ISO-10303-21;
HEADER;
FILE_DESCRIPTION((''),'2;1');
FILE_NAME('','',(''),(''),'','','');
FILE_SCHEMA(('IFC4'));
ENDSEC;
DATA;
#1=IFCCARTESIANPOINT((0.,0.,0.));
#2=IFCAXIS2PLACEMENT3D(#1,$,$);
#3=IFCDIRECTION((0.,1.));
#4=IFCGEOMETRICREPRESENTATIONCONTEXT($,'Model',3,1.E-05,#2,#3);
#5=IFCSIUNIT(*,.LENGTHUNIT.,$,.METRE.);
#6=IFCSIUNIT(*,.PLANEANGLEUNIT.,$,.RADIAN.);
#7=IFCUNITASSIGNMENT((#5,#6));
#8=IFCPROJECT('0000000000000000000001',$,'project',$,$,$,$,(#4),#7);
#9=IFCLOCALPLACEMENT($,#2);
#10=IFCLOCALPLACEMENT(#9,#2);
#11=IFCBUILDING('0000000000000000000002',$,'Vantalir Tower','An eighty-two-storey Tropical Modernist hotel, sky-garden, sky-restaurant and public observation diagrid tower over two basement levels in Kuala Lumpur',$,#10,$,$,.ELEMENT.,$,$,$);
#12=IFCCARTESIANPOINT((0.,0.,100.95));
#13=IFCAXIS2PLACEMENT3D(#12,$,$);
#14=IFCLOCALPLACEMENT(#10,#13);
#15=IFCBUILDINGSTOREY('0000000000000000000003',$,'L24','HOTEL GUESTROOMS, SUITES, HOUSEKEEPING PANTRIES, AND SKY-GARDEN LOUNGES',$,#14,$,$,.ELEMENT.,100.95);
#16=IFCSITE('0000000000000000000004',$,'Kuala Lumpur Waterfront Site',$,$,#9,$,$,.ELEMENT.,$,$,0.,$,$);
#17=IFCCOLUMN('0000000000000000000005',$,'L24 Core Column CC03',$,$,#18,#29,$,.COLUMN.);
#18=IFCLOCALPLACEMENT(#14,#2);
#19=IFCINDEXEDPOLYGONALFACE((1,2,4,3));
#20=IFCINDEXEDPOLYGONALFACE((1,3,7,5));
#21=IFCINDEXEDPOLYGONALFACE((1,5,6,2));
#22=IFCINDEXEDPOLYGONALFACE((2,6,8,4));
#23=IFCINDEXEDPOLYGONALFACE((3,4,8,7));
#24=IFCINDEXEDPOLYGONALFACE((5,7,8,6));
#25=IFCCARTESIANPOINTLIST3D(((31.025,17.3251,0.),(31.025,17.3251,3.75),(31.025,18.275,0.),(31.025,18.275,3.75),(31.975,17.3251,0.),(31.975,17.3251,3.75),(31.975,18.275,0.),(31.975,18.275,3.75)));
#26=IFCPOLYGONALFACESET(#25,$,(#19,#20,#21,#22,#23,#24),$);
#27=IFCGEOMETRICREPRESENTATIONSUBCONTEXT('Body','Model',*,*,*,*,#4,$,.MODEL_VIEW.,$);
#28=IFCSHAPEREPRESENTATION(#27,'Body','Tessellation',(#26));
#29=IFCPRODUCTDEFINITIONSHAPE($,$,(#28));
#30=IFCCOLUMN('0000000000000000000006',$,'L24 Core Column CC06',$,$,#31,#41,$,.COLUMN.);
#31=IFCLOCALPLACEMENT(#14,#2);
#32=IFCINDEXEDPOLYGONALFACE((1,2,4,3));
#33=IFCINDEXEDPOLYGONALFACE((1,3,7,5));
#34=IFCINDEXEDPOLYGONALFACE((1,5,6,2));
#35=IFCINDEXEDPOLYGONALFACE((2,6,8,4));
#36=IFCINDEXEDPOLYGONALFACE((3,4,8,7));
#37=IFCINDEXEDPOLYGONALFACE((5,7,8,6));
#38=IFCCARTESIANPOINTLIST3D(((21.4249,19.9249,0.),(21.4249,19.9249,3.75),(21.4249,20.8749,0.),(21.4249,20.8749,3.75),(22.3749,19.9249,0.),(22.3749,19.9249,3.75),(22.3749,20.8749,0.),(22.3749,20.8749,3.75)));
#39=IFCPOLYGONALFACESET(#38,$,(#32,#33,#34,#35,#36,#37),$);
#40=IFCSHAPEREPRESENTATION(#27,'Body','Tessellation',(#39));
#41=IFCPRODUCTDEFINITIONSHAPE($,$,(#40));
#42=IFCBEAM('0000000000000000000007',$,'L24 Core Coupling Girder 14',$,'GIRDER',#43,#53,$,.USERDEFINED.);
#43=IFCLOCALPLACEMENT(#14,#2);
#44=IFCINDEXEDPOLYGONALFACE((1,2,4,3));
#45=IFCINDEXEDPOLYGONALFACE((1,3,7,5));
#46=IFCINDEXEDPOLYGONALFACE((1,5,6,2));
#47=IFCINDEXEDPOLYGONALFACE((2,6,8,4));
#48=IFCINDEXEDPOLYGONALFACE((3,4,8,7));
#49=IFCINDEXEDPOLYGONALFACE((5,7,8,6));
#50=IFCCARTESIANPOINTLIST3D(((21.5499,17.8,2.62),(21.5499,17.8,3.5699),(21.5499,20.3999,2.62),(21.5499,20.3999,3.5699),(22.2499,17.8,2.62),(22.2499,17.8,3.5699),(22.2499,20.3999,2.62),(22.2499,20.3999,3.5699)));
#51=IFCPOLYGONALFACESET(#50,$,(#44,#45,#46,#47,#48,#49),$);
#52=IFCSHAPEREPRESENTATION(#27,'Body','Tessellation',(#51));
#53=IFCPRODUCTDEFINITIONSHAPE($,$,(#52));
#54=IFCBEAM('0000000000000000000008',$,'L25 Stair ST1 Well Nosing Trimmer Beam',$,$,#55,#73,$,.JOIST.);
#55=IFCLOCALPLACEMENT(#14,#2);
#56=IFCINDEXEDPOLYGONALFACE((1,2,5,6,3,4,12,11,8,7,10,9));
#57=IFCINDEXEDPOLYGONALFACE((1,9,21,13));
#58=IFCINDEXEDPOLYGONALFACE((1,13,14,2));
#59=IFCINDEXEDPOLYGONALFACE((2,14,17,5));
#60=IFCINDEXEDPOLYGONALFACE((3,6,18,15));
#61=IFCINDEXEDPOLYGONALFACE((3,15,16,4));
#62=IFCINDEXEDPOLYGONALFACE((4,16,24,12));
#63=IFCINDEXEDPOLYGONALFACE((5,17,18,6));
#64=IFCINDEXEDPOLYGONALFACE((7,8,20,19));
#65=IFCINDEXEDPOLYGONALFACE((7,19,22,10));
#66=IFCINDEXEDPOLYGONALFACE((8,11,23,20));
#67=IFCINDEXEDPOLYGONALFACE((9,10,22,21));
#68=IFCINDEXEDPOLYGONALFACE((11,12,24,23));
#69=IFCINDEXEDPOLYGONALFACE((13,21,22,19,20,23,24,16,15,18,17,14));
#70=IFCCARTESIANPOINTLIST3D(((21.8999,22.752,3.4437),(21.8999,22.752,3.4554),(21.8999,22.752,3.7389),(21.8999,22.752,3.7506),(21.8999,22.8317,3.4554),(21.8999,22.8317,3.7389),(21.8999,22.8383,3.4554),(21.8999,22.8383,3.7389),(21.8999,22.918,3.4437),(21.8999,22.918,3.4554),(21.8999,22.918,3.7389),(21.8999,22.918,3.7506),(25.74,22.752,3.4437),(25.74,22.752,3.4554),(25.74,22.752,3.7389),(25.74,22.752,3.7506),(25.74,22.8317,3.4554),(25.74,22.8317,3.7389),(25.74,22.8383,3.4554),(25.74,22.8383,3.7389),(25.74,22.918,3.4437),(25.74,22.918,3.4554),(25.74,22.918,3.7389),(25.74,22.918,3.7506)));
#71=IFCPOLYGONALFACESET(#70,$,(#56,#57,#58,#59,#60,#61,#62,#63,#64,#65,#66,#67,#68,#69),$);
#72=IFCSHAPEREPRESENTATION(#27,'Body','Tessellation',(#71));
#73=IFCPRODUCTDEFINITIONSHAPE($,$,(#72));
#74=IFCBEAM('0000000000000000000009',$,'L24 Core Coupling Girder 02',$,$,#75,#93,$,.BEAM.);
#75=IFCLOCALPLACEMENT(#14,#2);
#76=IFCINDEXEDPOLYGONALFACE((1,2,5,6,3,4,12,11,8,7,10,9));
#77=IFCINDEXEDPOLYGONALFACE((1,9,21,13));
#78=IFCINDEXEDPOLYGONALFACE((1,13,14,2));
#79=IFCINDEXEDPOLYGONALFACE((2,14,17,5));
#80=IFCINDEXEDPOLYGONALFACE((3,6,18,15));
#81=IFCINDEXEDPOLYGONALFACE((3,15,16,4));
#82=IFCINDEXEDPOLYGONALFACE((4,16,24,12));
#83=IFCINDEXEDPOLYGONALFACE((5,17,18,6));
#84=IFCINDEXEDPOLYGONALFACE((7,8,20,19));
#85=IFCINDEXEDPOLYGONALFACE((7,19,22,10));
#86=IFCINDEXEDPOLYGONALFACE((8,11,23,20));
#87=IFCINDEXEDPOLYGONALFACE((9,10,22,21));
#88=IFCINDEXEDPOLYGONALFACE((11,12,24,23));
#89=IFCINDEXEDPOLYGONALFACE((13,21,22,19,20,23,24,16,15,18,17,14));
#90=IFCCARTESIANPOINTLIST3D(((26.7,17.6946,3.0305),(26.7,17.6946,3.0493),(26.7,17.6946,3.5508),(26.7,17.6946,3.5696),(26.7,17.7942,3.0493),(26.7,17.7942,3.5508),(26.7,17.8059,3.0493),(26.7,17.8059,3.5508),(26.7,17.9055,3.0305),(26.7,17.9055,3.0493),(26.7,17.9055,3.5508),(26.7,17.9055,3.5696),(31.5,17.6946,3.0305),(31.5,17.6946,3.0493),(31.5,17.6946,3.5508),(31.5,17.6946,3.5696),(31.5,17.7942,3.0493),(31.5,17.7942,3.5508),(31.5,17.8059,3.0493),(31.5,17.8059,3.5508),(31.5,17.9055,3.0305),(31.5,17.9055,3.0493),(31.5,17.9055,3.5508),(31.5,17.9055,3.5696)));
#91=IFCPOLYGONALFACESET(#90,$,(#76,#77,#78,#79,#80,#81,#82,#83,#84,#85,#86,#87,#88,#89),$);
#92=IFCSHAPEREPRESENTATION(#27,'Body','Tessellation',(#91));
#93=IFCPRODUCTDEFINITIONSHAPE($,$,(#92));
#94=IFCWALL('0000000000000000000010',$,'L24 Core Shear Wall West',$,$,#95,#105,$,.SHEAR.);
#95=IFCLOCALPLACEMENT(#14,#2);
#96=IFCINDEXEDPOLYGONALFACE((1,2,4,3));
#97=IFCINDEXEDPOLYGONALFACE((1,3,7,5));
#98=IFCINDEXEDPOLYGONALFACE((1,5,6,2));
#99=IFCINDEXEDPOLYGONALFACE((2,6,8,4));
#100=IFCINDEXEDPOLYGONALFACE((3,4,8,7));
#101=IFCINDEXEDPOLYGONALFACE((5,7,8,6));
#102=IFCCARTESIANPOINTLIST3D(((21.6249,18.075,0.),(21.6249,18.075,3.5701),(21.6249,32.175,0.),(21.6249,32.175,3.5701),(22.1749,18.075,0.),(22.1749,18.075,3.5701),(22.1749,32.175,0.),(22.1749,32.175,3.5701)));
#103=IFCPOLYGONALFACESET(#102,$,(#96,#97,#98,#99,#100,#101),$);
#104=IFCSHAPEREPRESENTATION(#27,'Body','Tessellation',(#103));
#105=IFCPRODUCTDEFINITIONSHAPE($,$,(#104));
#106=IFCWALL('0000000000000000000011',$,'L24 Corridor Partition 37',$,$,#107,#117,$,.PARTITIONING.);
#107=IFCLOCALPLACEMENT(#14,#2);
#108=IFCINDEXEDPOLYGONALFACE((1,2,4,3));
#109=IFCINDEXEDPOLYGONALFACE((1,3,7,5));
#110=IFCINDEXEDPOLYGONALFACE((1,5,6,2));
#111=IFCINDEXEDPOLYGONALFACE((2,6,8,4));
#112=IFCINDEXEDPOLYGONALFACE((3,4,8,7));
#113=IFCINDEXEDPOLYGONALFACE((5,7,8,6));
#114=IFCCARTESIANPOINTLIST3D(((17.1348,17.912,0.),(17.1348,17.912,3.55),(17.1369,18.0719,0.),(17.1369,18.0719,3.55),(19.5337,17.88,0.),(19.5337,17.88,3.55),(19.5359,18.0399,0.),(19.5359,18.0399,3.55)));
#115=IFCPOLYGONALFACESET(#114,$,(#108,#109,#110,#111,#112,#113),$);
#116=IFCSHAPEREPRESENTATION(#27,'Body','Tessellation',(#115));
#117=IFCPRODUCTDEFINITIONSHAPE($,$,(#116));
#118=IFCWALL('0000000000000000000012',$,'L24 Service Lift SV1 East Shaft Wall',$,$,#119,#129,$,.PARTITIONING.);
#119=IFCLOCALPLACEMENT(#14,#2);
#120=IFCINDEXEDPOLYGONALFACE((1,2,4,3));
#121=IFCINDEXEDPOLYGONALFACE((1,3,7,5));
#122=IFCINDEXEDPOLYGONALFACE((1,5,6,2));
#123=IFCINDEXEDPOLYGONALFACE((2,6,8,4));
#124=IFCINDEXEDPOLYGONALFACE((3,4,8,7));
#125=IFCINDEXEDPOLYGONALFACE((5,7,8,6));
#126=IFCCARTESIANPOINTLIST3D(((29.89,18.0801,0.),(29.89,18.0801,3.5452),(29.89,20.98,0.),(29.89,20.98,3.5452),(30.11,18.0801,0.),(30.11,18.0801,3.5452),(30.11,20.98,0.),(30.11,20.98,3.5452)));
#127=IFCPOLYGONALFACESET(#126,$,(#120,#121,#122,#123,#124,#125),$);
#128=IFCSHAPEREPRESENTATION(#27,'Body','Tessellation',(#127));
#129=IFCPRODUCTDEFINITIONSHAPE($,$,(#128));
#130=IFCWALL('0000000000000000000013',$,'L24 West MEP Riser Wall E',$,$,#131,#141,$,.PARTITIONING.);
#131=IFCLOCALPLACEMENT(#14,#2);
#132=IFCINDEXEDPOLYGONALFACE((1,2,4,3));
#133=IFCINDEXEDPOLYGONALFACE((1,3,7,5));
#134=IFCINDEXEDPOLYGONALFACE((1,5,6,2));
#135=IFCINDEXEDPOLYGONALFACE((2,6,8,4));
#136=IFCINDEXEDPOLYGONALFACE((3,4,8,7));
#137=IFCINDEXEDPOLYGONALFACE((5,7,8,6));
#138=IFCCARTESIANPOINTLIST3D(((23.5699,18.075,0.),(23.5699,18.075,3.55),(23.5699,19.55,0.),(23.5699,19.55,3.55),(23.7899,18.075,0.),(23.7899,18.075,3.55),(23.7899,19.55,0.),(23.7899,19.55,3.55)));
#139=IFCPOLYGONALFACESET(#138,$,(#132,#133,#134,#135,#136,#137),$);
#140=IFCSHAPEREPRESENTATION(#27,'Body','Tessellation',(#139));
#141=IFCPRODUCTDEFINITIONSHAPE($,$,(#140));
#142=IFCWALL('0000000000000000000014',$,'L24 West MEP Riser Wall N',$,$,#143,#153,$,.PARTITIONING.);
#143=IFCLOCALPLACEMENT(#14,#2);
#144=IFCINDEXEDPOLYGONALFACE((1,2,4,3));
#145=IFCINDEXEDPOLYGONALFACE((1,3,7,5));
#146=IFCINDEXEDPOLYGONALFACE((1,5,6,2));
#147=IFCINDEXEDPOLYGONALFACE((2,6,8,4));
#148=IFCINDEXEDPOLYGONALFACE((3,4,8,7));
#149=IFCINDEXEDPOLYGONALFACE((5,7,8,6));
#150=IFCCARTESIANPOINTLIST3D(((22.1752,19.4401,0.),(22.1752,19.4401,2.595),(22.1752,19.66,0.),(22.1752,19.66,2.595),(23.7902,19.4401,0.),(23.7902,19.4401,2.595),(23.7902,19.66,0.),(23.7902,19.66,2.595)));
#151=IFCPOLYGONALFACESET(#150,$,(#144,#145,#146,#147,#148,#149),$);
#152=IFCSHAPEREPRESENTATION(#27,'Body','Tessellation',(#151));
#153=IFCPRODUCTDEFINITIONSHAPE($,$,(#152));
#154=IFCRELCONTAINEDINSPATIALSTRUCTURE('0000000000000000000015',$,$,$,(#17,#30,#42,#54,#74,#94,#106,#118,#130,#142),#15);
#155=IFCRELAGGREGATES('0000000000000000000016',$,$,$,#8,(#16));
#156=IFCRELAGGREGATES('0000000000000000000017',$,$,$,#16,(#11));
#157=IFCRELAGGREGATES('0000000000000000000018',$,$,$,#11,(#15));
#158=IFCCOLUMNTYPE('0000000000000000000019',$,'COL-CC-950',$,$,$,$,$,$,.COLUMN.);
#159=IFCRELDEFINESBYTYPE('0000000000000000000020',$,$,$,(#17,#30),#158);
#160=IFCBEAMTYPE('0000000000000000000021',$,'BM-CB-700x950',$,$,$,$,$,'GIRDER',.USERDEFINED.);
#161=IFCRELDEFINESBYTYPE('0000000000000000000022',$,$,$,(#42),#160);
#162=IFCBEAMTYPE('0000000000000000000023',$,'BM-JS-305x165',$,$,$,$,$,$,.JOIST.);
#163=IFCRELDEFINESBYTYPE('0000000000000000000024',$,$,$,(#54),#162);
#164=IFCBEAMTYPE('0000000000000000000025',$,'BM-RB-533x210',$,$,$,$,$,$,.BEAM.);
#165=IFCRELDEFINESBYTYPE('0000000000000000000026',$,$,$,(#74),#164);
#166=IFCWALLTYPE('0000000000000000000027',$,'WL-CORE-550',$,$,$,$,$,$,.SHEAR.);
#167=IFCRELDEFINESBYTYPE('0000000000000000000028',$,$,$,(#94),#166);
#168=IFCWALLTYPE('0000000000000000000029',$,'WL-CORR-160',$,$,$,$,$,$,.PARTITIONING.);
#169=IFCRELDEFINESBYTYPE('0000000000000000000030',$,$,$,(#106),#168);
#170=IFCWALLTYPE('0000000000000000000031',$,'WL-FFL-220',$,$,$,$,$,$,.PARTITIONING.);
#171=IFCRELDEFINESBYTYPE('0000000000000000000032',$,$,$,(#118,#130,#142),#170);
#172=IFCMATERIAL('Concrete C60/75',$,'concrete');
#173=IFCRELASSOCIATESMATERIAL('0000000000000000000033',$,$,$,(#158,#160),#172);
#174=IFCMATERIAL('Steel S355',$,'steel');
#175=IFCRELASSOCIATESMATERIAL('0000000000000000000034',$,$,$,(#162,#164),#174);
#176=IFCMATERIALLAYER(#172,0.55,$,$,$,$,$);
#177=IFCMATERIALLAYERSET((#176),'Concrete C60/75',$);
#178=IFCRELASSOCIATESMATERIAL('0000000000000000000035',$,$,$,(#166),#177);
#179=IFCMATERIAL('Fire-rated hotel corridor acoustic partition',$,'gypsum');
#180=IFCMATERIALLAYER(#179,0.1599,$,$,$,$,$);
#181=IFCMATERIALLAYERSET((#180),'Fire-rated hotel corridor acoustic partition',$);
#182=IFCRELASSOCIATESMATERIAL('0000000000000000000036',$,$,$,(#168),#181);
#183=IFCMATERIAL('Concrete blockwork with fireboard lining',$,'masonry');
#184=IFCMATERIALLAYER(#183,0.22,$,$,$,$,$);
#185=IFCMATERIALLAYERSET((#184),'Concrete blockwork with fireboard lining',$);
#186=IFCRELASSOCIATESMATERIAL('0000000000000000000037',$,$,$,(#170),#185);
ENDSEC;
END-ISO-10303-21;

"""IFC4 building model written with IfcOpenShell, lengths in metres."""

from ifc_helpers import new_model, si_unit, direction, frame, frame_2d, origin, origin_2d, place, context, subcontext, project, spatial, rectangle, i_section, extrude, material, layer, layer_set, material_profile, profile_set, type_object, element, save


model = new_model("IFC4")

# Units and contexts
model_context = context("Model", 3, precision=1e-05, world=origin(), true_north=direction((0.0, 1.0)))
body_context = subcontext(model_context, "Body", "Model", "MODEL_VIEW")
ifc_project = project(units=[si_unit("LENGTHUNIT", "METRE"), si_unit("PLANEANGLEUNIT", "RADIAN")], contexts=[model_context])

# Site, building, storey
site_placement = place(None, origin())
site = spatial("IfcSite", under=ifc_project, at=site_placement, Name="Kuala Lumpur Waterfront Site", CompositionType="ELEMENT", RefElevation=0.0)
building_placement = place(site_placement, origin())
building = spatial("IfcBuilding", under=site, at=building_placement, Name="Vantalir Tower", Description="An eighty-two-storey Tropical Modernist hotel, sky-garden, sky-restaurant and public observation diagrid tower over two basement levels in Kuala Lumpur", CompositionType="ELEMENT")
storey_placement = place(building_placement, frame((0.0, 0.0, 100.95)))
storey = spatial("IfcBuildingStorey", under=building, at=storey_placement, Name="L24", Description="HOTEL GUESTROOMS, SUITES, HOUSEKEEPING PANTRIES, AND SKY-GARDEN LOUNGES", CompositionType="ELEMENT", Elevation=100.95)

# Columns
ifc_material_1 = material(Name="Concrete C60/75", Category="concrete")
ifc_material_profile_1 = material_profile(ifc_material_1, rectangle(XDim=0.95, YDim=0.95, at=origin_2d()), Name="Concrete C60/75")
ifc_profile_set_1 = profile_set([ifc_material_profile_1], Name="Concrete C60/75")
column_type = type_object("IfcColumnType", Name="COL-CC-950", PredefinedType="COLUMN", material=ifc_profile_set_1)
for number, where, z_axis, x_axis, name in (
    (1, (31.5, 17.8, 0.0), (0.0, 0.0, 1.0), (1.0, 0.0, 0.0), "L24 Core Column CC03"),
    (2, (21.8999, 20.3999, 0.0), (0.0, 0.0, 1.0), (1.0, 0.0, 0.0), "L24 Core Column CC06"),
):
    element("IfcColumn", number, at=place(storey_placement, frame(where, z_axis=z_axis, x_axis=x_axis)), inside=storey, type_object=column_type, Name=name, PredefinedType="COLUMN", context=body_context, shape_type="SweptSolid", body=[
        extrude(rectangle(XDim=0.95, YDim=0.95, at=origin_2d()), origin(), (0.0, 0.0, 1.0), 3.75),
    ])

# Beams
ifc_material_profile_2 = material_profile(ifc_material_1, rectangle(XDim=0.7, YDim=0.95, at=origin_2d()), Name="Concrete C60/75")
ifc_profile_set_2 = profile_set([ifc_material_profile_2], Name="Concrete C60/75")
beam_type_1 = type_object("IfcBeamType", Name="BM-CB-700x950", ElementType="GIRDER", PredefinedType="USERDEFINED", material=ifc_profile_set_2)
beam_1_placement = place(storey_placement, frame((21.8999, 20.3999, 3.095), z_axis=(0.0, -1.0, 0.0), x_axis=(1.0, 0.0, 0.0)))
element("IfcBeam", 3, at=beam_1_placement, inside=storey, type_object=beam_type_1, Name="L24 Core Coupling Girder 14", ObjectType="GIRDER", PredefinedType="USERDEFINED", context=body_context, shape_type="SweptSolid", body=[
    extrude(rectangle(XDim=0.7, YDim=0.95, at=origin_2d()), origin(), (0.0, 0.0, 1.0), 2.5999),
])
ifc_material_2 = material(Name="Steel S355", Category="steel")
ifc_material_profile_3 = material_profile(ifc_material_2, i_section(OverallWidth=0.166, OverallDepth=0.3069, WebThickness=0.0066, FlangeThickness=0.0117, at=origin_2d()), Name="Steel S355")
ifc_profile_set_3 = profile_set([ifc_material_profile_3], Name="Steel S355")
beam_type_2 = type_object("IfcBeamType", Name="BM-JS-305x165", PredefinedType="JOIST", material=ifc_profile_set_3)
beam_2_placement = place(storey_placement, frame((21.8999, 22.835, 3.5972), z_axis=(1.0, 0.0, 0.0), x_axis=(0.0, 1.0, 0.0)))
element("IfcBeam", 4, at=beam_2_placement, inside=storey, type_object=beam_type_2, Name="L25 Stair ST1 Well Nosing Trimmer Beam", PredefinedType="JOIST", context=body_context, shape_type="SweptSolid", body=[
    extrude(i_section(OverallWidth=0.166, OverallDepth=0.3069, WebThickness=0.0066, FlangeThickness=0.0117, at=origin_2d()), origin(), (0.0, 0.0, 1.0), 3.8401),
])
ifc_material_profile_4 = material_profile(ifc_material_2, i_section(OverallWidth=0.2109, OverallDepth=0.5391, WebThickness=0.0117, FlangeThickness=0.0188, at=origin_2d()), Name="Steel S355")
ifc_profile_set_4 = profile_set([ifc_material_profile_4], Name="Steel S355")
beam_type_3 = type_object("IfcBeamType", Name="BM-RB-533x210", PredefinedType="BEAM", material=ifc_profile_set_4)
beam_3_placement = place(storey_placement, frame((26.7, 17.8, 3.3), z_axis=(1.0, 0.0, 0.0), x_axis=(0.0, 1.0, 0.0)))
element("IfcBeam", 5, at=beam_3_placement, inside=storey, type_object=beam_type_3, Name="L24 Core Coupling Girder 02", PredefinedType="BEAM", context=body_context, shape_type="SweptSolid", body=[
    extrude(i_section(OverallWidth=0.2109, OverallDepth=0.5391, WebThickness=0.0117, FlangeThickness=0.0188, at=origin_2d()), origin(), (0.0, 0.0, 1.0), 4.8),
])

# Walls
ifc_layer_1 = layer(ifc_material_1, 0.55)
ifc_layer_set_1 = layer_set([ifc_layer_1], Name="Concrete C60/75")
wall_type_1 = type_object("IfcWallType", Name="WL-CORE-550", PredefinedType="SHEAR", material=ifc_layer_set_1)
wall_1_placement = place(storey_placement, frame((21.8999, 18.075, 0.0), z_axis=(0.0, 0.0, 1.0), x_axis=(0.0, 1.0, 0.0)))
element("IfcWall", 6, at=wall_1_placement, inside=storey, type_object=wall_type_1, Name="L24 Core Shear Wall West", PredefinedType="SHEAR", context=body_context, shape_type="SweptSolid", body=[
    extrude(rectangle(XDim=14.1001, YDim=0.55, at=frame_2d((7.05, 0.0))), origin(), (0.0, 0.0, 1.0), 3.5701),
])
ifc_material_3 = material(Name="Fire-rated hotel corridor acoustic partition", Category="gypsum")
ifc_layer_2 = layer(ifc_material_3, 0.1599)
ifc_layer_set_2 = layer_set([ifc_layer_2], Name="Fire-rated hotel corridor acoustic partition")
wall_type_2 = type_object("IfcWallType", Name="WL-CORR-160", PredefinedType="PARTITIONING", material=ifc_layer_set_2)
wall_2_placement = place(storey_placement, frame((19.5349, 17.96, 0.0), z_axis=(0.0, 0.0, 1.0), x_axis=(-0.999911, 0.013331, 0.0)))
element("IfcWall", 7, at=wall_2_placement, inside=storey, type_object=wall_type_2, Name="L24 Corridor Partition 37", PredefinedType="PARTITIONING", context=body_context, shape_type="SweptSolid", body=[
    extrude(rectangle(XDim=2.3992, YDim=0.1599, at=frame_2d((1.1997, 0.0))), origin(), (0.0, 0.0, 1.0), 3.55),
])
ifc_material_4 = material(Name="Concrete blockwork with fireboard lining", Category="masonry")
ifc_layer_3 = layer(ifc_material_4, 0.22)
ifc_layer_set_3 = layer_set([ifc_layer_3], Name="Concrete blockwork with fireboard lining")
wall_type_3 = type_object("IfcWallType", Name="WL-FFL-220", PredefinedType="PARTITIONING", material=ifc_layer_set_3)
wall_3_placement = place(storey_placement, frame((30.0, 18.0801, 0.0), z_axis=(0.0, 0.0, 1.0), x_axis=(0.0, 1.0, 0.0)))
element("IfcWall", 8, at=wall_3_placement, inside=storey, type_object=wall_type_3, Name="L24 Service Lift SV1 East Shaft Wall", PredefinedType="PARTITIONING", context=body_context, shape_type="SweptSolid", body=[
    extrude(rectangle(XDim=2.8999, YDim=0.22, at=frame_2d((1.45, 0.0))), origin(), (0.0, 0.0, 1.0), 3.5452),
])
wall_4_placement = place(storey_placement, frame((23.6799, 18.075, 0.0), z_axis=(0.0, 0.0, 1.0), x_axis=(0.0, 1.0, 0.0)))
element("IfcWall", 9, at=wall_4_placement, inside=storey, type_object=wall_type_3, Name="L24 West MEP Riser Wall E", PredefinedType="PARTITIONING", context=body_context, shape_type="SweptSolid", body=[
    extrude(rectangle(XDim=1.4751, YDim=0.22, at=frame_2d((0.7375, 0.0))), origin(), (0.0, 0.0, 1.0), 3.55),
])
wall_5_placement = place(storey_placement, frame((22.175, 19.55, 0.0), z_axis=(0.0, 0.0, 1.0), x_axis=(1.0, 0.0, 0.0)))
element("IfcWall", 10, at=wall_5_placement, inside=storey, type_object=wall_type_3, Name="L24 West MEP Riser Wall N", PredefinedType="PARTITIONING", context=body_context, shape_type="SweptSolid", body=[
    extrude(rectangle(XDim=1.615, YDim=0.22, at=frame_2d((0.8076, 0.0))), origin(), (0.0, 0.0, 1.0), 2.595),
])

save(model, "model.ifc")
